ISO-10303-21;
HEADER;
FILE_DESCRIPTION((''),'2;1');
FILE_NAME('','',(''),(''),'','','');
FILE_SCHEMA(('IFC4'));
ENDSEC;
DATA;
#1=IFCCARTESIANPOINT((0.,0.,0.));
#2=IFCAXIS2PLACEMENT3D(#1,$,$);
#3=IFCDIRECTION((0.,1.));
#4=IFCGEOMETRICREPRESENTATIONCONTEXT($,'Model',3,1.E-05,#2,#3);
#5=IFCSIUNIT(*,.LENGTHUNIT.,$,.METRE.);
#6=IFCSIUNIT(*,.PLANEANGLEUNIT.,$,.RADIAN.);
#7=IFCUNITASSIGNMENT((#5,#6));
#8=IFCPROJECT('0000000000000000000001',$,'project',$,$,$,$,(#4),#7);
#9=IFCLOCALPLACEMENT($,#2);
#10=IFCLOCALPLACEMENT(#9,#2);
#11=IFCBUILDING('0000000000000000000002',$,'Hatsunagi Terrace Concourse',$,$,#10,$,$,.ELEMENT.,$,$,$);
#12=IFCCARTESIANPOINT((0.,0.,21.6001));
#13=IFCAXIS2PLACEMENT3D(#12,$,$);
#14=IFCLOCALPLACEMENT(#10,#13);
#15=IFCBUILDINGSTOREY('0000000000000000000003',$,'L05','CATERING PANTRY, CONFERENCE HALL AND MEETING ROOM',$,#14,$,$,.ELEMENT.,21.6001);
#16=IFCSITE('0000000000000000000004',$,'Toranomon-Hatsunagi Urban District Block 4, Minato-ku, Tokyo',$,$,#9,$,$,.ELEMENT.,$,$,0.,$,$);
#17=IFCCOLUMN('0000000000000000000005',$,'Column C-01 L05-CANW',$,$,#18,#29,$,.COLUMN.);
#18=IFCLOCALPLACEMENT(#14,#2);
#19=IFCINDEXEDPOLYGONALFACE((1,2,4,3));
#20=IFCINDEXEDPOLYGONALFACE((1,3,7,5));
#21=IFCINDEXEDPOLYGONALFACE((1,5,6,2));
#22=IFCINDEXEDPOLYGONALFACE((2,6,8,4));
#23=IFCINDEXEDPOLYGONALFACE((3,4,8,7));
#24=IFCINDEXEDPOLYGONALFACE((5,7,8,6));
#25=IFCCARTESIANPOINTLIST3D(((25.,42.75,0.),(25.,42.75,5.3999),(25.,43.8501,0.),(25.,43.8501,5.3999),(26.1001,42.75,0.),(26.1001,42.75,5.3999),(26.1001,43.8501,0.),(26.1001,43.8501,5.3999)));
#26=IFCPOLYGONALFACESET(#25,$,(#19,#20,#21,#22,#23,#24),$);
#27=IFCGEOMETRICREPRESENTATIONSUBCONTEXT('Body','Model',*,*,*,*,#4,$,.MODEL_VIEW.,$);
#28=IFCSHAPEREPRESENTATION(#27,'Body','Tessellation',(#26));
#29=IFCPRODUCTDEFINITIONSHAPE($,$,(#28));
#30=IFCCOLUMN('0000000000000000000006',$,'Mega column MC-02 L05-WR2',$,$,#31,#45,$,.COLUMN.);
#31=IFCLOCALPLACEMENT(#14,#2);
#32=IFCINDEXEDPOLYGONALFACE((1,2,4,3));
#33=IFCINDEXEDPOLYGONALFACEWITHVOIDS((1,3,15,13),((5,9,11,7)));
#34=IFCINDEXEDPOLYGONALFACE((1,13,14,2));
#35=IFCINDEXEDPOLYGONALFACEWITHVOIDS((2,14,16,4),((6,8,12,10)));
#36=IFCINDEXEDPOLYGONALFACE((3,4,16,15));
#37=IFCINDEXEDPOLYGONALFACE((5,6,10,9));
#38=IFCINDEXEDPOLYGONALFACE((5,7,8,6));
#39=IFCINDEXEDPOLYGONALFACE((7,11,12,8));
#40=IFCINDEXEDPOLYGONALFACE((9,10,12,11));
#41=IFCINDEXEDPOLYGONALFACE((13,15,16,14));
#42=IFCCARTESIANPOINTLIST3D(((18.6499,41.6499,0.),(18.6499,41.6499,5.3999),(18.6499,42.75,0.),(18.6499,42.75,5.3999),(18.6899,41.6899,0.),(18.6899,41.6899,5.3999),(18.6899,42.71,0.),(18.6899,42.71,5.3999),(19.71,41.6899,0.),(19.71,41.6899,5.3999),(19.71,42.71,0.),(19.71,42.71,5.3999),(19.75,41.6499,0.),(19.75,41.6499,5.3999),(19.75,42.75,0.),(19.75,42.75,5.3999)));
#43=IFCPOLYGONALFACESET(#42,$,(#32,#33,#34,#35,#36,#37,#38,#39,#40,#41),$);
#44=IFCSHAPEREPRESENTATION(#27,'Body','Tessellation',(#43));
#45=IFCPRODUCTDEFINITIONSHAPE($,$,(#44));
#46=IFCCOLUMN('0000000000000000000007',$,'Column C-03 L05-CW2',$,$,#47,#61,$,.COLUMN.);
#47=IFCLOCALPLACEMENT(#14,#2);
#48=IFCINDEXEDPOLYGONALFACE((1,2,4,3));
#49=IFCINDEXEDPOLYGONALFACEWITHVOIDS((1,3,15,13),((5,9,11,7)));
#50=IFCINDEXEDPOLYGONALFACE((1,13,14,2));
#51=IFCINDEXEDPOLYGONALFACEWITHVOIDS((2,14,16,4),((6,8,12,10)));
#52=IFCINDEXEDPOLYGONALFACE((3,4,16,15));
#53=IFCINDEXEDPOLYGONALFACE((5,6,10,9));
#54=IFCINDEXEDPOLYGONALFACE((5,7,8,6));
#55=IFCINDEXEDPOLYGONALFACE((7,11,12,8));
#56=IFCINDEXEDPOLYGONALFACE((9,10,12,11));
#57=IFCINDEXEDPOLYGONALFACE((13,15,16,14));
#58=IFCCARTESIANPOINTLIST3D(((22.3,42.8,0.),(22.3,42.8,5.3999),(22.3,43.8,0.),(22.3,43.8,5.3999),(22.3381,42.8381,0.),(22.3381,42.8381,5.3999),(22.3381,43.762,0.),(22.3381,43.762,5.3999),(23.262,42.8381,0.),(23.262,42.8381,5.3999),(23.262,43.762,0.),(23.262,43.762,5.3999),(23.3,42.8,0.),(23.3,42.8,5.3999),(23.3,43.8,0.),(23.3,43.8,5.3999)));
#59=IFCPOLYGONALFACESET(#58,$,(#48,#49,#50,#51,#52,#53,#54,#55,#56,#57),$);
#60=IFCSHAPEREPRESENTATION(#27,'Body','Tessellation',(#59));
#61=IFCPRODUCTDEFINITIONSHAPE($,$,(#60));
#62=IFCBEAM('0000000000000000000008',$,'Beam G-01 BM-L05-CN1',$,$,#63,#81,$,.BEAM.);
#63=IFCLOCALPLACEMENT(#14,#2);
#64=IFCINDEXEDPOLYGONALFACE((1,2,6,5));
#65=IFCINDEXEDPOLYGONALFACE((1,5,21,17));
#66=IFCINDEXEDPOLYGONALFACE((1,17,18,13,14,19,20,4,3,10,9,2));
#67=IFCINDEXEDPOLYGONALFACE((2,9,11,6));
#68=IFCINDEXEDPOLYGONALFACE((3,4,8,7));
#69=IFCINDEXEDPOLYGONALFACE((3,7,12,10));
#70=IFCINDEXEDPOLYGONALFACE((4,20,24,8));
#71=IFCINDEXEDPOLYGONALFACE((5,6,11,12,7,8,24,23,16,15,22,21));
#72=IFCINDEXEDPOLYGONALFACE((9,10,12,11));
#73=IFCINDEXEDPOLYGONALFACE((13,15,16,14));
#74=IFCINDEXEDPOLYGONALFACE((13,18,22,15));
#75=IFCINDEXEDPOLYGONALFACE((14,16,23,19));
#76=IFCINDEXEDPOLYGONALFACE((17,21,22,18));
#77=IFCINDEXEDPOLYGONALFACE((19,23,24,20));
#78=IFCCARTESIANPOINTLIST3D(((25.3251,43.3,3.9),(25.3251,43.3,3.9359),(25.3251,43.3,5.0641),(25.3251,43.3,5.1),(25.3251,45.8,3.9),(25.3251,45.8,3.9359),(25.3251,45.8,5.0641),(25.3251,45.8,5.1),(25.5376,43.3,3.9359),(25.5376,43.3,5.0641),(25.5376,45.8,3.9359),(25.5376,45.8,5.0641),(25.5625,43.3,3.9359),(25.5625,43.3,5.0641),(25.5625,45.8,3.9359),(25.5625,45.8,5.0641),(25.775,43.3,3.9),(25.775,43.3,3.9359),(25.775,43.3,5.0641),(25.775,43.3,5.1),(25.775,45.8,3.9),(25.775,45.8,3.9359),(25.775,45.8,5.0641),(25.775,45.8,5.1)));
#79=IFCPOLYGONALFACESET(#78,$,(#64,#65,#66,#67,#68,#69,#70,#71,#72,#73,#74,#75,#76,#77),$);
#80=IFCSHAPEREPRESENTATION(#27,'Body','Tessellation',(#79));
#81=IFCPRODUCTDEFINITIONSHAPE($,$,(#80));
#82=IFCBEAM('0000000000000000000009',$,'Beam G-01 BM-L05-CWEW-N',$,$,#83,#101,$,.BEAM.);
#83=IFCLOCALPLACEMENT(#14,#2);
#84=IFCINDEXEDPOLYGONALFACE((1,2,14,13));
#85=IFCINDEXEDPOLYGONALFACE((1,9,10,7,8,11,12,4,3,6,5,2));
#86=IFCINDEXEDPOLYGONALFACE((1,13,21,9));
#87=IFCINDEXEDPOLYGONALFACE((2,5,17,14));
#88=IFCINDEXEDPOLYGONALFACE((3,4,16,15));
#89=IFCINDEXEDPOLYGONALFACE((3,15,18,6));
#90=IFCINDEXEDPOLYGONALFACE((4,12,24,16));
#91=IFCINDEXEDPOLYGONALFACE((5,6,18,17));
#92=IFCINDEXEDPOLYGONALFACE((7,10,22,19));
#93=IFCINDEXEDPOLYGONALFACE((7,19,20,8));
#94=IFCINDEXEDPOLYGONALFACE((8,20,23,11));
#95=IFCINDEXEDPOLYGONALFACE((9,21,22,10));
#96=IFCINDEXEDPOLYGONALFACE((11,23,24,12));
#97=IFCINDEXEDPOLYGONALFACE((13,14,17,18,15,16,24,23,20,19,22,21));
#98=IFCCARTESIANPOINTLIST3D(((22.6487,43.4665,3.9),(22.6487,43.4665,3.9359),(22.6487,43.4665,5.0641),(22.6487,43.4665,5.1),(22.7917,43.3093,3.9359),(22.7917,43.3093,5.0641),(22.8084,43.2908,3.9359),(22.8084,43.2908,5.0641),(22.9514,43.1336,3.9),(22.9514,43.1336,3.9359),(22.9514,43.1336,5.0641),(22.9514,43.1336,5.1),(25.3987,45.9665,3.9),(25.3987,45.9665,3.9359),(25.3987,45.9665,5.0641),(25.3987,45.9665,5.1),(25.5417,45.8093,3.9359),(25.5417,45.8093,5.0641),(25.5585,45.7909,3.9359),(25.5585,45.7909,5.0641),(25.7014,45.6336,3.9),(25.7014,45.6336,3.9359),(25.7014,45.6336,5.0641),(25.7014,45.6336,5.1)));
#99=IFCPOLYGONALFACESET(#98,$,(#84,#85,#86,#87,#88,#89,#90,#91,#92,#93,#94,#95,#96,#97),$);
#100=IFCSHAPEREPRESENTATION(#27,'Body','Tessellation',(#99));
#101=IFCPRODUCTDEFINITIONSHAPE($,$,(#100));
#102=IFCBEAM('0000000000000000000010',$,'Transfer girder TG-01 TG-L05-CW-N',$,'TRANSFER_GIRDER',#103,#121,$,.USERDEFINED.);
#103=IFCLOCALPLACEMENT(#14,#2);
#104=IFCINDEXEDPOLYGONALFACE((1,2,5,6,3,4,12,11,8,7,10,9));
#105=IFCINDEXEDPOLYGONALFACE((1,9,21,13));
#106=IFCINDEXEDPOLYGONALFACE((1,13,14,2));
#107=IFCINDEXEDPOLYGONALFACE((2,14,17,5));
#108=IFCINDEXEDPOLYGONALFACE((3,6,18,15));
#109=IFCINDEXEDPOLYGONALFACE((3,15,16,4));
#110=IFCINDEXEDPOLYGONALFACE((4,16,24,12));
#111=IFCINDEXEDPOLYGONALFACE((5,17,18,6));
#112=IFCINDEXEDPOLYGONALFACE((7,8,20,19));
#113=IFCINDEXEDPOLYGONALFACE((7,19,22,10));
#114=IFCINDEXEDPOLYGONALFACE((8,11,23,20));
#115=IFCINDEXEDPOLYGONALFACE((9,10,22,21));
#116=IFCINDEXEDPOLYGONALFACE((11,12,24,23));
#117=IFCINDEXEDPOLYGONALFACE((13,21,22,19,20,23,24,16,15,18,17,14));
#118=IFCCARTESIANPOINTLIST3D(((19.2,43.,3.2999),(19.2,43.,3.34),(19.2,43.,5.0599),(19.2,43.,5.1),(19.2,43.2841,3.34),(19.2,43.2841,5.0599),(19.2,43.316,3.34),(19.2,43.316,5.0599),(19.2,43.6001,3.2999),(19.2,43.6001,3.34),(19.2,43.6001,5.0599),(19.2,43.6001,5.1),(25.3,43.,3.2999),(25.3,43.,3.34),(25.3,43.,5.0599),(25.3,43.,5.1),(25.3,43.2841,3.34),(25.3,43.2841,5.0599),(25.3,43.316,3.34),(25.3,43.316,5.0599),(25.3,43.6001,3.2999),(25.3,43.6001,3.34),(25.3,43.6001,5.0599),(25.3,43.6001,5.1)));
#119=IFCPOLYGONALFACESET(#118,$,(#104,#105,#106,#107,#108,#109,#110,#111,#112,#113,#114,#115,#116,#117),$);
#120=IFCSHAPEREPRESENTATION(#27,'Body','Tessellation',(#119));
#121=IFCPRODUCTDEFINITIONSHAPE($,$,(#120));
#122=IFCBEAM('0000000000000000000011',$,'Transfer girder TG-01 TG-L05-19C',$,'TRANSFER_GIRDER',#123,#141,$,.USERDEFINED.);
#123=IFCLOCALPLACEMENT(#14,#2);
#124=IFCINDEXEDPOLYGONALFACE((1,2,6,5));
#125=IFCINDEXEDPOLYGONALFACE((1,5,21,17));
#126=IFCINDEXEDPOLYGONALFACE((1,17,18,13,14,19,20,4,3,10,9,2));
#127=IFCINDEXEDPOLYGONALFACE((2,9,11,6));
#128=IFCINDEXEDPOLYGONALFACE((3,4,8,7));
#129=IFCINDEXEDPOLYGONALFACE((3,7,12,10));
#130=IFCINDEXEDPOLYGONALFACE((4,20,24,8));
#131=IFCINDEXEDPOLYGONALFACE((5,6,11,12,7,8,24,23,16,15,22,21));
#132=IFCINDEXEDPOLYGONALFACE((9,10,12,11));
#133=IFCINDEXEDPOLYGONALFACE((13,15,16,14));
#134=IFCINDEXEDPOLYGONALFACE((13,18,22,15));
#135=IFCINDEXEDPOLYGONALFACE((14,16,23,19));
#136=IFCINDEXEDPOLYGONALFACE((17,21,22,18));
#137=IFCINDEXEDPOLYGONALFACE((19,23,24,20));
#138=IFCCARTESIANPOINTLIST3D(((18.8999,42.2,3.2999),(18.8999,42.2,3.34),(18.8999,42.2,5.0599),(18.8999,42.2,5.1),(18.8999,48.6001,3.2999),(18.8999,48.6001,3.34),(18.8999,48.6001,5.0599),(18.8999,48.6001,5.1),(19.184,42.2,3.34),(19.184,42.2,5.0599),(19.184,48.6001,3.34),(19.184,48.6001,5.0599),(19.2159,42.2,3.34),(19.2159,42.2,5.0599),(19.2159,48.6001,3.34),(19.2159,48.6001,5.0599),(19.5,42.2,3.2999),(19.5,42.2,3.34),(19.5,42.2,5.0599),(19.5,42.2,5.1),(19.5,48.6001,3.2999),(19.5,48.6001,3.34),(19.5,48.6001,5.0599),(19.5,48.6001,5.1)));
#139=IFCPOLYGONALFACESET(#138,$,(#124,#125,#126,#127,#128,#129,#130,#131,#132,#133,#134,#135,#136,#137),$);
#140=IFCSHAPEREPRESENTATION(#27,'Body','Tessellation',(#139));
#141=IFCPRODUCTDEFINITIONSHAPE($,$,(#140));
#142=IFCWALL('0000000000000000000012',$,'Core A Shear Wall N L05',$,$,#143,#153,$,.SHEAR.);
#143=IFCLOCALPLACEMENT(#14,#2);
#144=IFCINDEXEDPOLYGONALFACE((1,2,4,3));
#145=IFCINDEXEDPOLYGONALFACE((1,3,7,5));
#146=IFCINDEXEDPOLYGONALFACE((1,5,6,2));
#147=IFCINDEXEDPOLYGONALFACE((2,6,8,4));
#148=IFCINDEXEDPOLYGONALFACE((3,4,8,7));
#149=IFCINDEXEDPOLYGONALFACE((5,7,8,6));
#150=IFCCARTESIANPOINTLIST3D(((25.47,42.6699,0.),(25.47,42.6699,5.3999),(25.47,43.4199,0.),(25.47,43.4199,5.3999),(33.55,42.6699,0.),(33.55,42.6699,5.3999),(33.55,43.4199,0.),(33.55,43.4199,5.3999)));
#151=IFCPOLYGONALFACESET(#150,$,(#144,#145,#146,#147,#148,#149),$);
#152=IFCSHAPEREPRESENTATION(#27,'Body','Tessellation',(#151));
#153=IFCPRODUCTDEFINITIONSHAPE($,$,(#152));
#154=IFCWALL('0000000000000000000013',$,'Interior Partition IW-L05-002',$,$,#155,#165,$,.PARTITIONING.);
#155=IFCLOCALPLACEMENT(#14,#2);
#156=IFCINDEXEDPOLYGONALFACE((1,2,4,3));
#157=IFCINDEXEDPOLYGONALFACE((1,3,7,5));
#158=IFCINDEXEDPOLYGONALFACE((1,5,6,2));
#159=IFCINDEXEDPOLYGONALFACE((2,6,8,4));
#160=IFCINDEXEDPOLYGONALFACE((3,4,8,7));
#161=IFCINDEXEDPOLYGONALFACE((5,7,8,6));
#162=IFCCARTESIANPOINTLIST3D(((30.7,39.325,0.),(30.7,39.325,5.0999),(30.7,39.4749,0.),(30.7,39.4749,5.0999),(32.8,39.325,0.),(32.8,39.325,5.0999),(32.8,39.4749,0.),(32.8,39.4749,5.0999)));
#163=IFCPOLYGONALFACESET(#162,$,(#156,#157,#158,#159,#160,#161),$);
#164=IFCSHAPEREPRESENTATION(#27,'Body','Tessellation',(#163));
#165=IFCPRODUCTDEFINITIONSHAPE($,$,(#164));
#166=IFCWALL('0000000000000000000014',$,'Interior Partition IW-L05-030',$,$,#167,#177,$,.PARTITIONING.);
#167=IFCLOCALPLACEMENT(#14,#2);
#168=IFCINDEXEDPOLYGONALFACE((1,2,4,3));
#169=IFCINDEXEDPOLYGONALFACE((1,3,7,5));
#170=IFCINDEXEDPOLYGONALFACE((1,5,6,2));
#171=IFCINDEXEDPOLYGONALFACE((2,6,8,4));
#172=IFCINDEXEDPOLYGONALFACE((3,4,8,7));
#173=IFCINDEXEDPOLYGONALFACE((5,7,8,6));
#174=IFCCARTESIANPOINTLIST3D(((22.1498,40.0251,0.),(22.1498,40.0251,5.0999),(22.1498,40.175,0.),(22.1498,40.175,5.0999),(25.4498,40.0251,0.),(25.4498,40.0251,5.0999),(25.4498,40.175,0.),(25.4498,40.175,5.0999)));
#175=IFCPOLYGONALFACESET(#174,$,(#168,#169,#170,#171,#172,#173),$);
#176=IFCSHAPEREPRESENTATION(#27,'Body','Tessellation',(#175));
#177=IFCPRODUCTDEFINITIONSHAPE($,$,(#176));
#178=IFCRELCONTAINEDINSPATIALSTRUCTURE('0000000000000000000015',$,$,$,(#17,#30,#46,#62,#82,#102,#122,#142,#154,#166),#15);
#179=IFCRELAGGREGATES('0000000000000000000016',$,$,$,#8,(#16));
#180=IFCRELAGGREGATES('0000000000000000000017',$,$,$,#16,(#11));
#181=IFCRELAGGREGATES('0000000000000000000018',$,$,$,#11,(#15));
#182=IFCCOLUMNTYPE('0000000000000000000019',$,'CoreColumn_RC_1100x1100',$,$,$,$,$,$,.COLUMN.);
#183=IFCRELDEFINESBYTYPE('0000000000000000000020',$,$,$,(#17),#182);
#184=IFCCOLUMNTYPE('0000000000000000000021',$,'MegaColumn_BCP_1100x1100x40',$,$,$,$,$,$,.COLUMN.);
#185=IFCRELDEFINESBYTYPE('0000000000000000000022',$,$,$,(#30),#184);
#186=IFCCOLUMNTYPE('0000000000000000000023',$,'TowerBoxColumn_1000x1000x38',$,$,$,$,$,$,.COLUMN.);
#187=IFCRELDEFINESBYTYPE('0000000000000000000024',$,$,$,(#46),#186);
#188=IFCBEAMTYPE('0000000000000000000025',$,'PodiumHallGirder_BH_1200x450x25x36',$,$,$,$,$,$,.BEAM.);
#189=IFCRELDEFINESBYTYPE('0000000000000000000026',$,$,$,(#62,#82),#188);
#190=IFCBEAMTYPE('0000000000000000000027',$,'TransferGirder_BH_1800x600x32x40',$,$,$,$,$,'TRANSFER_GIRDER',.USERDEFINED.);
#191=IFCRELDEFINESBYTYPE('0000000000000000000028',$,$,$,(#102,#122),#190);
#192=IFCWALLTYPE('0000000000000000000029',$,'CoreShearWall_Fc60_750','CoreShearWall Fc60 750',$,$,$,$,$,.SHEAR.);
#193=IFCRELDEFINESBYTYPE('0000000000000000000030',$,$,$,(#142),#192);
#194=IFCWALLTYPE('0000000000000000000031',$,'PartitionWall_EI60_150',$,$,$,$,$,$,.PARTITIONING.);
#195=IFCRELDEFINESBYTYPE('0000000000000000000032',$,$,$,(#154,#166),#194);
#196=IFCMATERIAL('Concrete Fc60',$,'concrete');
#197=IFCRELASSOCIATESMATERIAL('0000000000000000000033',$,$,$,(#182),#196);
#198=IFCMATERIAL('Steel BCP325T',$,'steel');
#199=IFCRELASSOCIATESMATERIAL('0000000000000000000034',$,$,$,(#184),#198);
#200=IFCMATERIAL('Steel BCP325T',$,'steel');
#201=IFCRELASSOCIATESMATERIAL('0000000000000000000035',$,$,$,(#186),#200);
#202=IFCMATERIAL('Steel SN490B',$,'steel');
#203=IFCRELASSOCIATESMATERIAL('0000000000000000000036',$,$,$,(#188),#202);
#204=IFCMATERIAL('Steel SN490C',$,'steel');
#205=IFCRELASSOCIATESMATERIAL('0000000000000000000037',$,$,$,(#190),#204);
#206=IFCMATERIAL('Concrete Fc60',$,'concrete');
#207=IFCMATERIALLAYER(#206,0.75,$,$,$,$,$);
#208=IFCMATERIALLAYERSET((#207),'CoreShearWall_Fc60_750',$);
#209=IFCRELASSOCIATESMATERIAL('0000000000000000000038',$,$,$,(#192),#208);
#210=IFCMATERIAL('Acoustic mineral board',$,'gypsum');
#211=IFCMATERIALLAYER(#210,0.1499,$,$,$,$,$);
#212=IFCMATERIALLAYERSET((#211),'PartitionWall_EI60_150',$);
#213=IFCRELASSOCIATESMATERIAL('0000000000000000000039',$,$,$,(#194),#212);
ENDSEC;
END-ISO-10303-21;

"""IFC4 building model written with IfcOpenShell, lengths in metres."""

from ifc_helpers import new_model, si_unit, direction, frame, frame_2d, origin, origin_2d, place, context, subcontext, project, spatial, rectangle, hollow_rectangle, i_section, extrude, material, layer, layer_set, material_profile, profile_set, type_object, element, save


model = new_model("IFC4")

# Units and contexts
model_context = context("Model", 3, precision=1e-05, world=origin(), true_north=direction((0.0, 1.0)))
body_context = subcontext(model_context, "Body", "Model", "MODEL_VIEW")
ifc_project = project(units=[si_unit("LENGTHUNIT", "METRE"), si_unit("PLANEANGLEUNIT", "RADIAN")], contexts=[model_context])

# Site, building, storey
site_placement = place(None, origin())
site = spatial("IfcSite", under=ifc_project, at=site_placement, Name="Toranomon-Hatsunagi Urban District Block 4, Minato-ku, Tokyo", CompositionType="ELEMENT", RefElevation=0.0)
building_placement = place(site_placement, origin())
building = spatial("IfcBuilding", under=site, at=building_placement, Name="Hatsunagi Terrace Concourse", CompositionType="ELEMENT")
storey_placement = place(building_placement, frame((0.0, 0.0, 21.6001)))
storey = spatial("IfcBuildingStorey", under=building, at=storey_placement, Name="L05", Description="CATERING PANTRY, CONFERENCE HALL AND MEETING ROOM", CompositionType="ELEMENT", Elevation=21.6001)

# Columns
ifc_material_1 = material(Name="Concrete Fc60", Category="concrete")
ifc_material_profile_1 = material_profile(ifc_material_1, rectangle(XDim=1.1001, YDim=1.1001, at=origin_2d()), Name="RC-1100x1100")
ifc_profile_set_1 = profile_set([ifc_material_profile_1], Name="Concrete Fc60")
column_type_1 = type_object("IfcColumnType", Name="CoreColumn_RC_1100x1100", PredefinedType="COLUMN", material=ifc_profile_set_1)
column_1_placement = place(storey_placement, frame((25.55, 43.3, 0.0), z_axis=(0.0, 0.0, 1.0), x_axis=(1.0, 0.0, 0.0)))
element("IfcColumn", 1, at=column_1_placement, inside=storey, type_object=column_type_1, Name="Column C-01 L05-CANW", PredefinedType="COLUMN", context=body_context, shape_type="SweptSolid", body=[
    extrude(rectangle(XDim=1.1001, YDim=1.1001, at=origin_2d()), origin(), (0.0, 0.0, 1.0), 5.3999),
])
ifc_material_2 = material(Name="Steel BCP325T", Category="steel")
ifc_material_profile_2 = material_profile(ifc_material_2, hollow_rectangle(XDim=1.1001, YDim=1.1001, WallThickness=0.04, at=origin_2d()), Name="BCP-1100x1100x40")
ifc_profile_set_2 = profile_set([ifc_material_profile_2], Name="Steel BCP325T")
column_type_2 = type_object("IfcColumnType", Name="MegaColumn_BCP_1100x1100x40", PredefinedType="COLUMN", material=ifc_profile_set_2)
column_2_placement = place(storey_placement, frame((19.2, 42.2, 0.0), z_axis=(0.0, 0.0, 1.0), x_axis=(1.0, 0.0, 0.0)))
element("IfcColumn", 2, at=column_2_placement, inside=storey, type_object=column_type_2, Name="Mega column MC-02 L05-WR2", PredefinedType="COLUMN", context=body_context, shape_type="SweptSolid", body=[
    extrude(hollow_rectangle(XDim=1.1001, YDim=1.1001, WallThickness=0.04, at=origin_2d()), origin(), (0.0, 0.0, 1.0), 5.3999),
])
ifc_material_3 = material(Name="Steel BCP325T", Category="steel")
ifc_material_profile_3 = material_profile(ifc_material_3, hollow_rectangle(XDim=1.0, YDim=1.0, WallThickness=0.0381, at=origin_2d()), Name="BCP-1000x1000x38")
ifc_profile_set_3 = profile_set([ifc_material_profile_3], Name="Steel BCP325T")
column_type_3 = type_object("IfcColumnType", Name="TowerBoxColumn_1000x1000x38", PredefinedType="COLUMN", material=ifc_profile_set_3)
column_3_placement = place(storey_placement, frame((22.8, 43.3, 0.0), z_axis=(0.0, 0.0, 1.0), x_axis=(1.0, 0.0, 0.0)))
element("IfcColumn", 3, at=column_3_placement, inside=storey, type_object=column_type_3, Name="Column C-03 L05-CW2", PredefinedType="COLUMN", context=body_context, shape_type="SweptSolid", body=[
    extrude(hollow_rectangle(XDim=1.0, YDim=1.0, WallThickness=0.0381, at=origin_2d()), origin(), (0.0, 0.0, 1.0), 5.3999),
])

# Beams
ifc_material_4 = material(Name="Steel SN490B", Category="steel")
ifc_material_profile_4 = material_profile(ifc_material_4, i_section(OverallWidth=0.45, OverallDepth=1.2, WebThickness=0.0249, FlangeThickness=0.0359, at=origin_2d()), Name="BH-1200x450x25x36")
ifc_profile_set_4 = profile_set([ifc_material_profile_4], Name="Steel SN490B")
beam_type_1 = type_object("IfcBeamType", Name="PodiumHallGirder_BH_1200x450x25x36", PredefinedType="BEAM", material=ifc_profile_set_4)
beam_1_placement = place(storey_placement, frame((25.55, 43.3, 4.5), z_axis=(0.0, 1.0, 0.0), x_axis=(-1.0, 0.0, 0.0)))
element("IfcBeam", 4, at=beam_1_placement, inside=storey, type_object=beam_type_1, Name="Beam G-01 BM-L05-CN1", PredefinedType="BEAM", context=body_context, shape_type="SweptSolid", body=[
    extrude(i_section(OverallWidth=0.45, OverallDepth=1.2, WebThickness=0.0249, FlangeThickness=0.0359, at=origin_2d()), origin(), (0.0, 0.0, 1.0), 2.5),
])
beam_2_placement = place(storey_placement, frame((22.8, 43.3, 4.5), z_axis=(0.73994, 0.672673, 0.0), x_axis=(-0.672673, 0.73994, 0.0)))
element("IfcBeam", 5, at=beam_2_placement, inside=storey, type_object=beam_type_1, Name="Beam G-01 BM-L05-CWEW-N", PredefinedType="BEAM", context=body_context, shape_type="SweptSolid", body=[
    extrude(i_section(OverallWidth=0.45, OverallDepth=1.2, WebThickness=0.0249, FlangeThickness=0.0359, at=origin_2d()), origin(), (0.0, 0.0, 1.0), 3.7166),
])
ifc_material_5 = material(Name="Steel SN490C", Category="steel")
ifc_material_profile_5 = material_profile(ifc_material_5, i_section(OverallWidth=0.6001, OverallDepth=1.8, WebThickness=0.032, FlangeThickness=0.04, at=origin_2d()), Name="BH-1800x600x32x40")
ifc_profile_set_5 = profile_set([ifc_material_profile_5], Name="Steel SN490C")
beam_type_2 = type_object("IfcBeamType", Name="TransferGirder_BH_1800x600x32x40", ElementType="TRANSFER_GIRDER", PredefinedType="USERDEFINED", material=ifc_profile_set_5)
beam_3_placement = place(storey_placement, frame((19.2, 43.3, 4.2), z_axis=(1.0, 0.0, 0.0), x_axis=(0.0, 1.0, 0.0)))
element("IfcBeam", 6, at=beam_3_placement, inside=storey, type_object=beam_type_2, Name="Transfer girder TG-01 TG-L05-CW-N", ObjectType="TRANSFER_GIRDER", PredefinedType="USERDEFINED", context=body_context, shape_type="SweptSolid", body=[
    extrude(i_section(OverallWidth=0.6001, OverallDepth=1.8, WebThickness=0.032, FlangeThickness=0.04, at=origin_2d()), origin(), (0.0, 0.0, 1.0), 6.1001),
])
beam_4_placement = place(storey_placement, frame((19.2, 42.2, 4.2), z_axis=(0.0, 1.0, 0.0), x_axis=(-1.0, 0.0, 0.0)))
element("IfcBeam", 7, at=beam_4_placement, inside=storey, type_object=beam_type_2, Name="Transfer girder TG-01 TG-L05-19C", ObjectType="TRANSFER_GIRDER", PredefinedType="USERDEFINED", context=body_context, shape_type="SweptSolid", body=[
    extrude(i_section(OverallWidth=0.6001, OverallDepth=1.8, WebThickness=0.032, FlangeThickness=0.04, at=origin_2d()), origin(), (0.0, 0.0, 1.0), 6.4001),
])

# Walls
ifc_material_6 = material(Name="Concrete Fc60", Category="concrete")
ifc_layer_1 = layer(ifc_material_6, 0.75)
ifc_layer_set_1 = layer_set([ifc_layer_1], Name="CoreShearWall_Fc60_750")
wall_type_1 = type_object("IfcWallType", Name="CoreShearWall_Fc60_750", Description="CoreShearWall Fc60 750", PredefinedType="SHEAR", material=ifc_layer_set_1)
wall_1_placement = place(storey_placement, frame((25.47, 43.0449, 0.0), z_axis=(0.0, 0.0, 1.0), x_axis=(1.0, 0.0, 0.0)))
element("IfcWall", 8, at=wall_1_placement, inside=storey, type_object=wall_type_1, Name="Core A Shear Wall N L05", PredefinedType="SHEAR", context=body_context, shape_type="SweptSolid", body=[
    extrude(rectangle(XDim=8.0801, YDim=0.75, at=frame_2d((4.04, 0.0))), origin(), (0.0, 0.0, 1.0), 5.3999),
])
ifc_material_7 = material(Name="Acoustic mineral board", Category="gypsum")
ifc_layer_2 = layer(ifc_material_7, 0.1499)
ifc_layer_set_2 = layer_set([ifc_layer_2], Name="PartitionWall_EI60_150")
wall_type_2 = type_object("IfcWallType", Name="PartitionWall_EI60_150", PredefinedType="PARTITIONING", material=ifc_layer_set_2)
wall_2_placement = place(storey_placement, frame((30.7, 39.3999, 0.0), z_axis=(0.0, 0.0, 1.0), x_axis=(1.0, 0.0, 0.0)))
element("IfcWall", 9, at=wall_2_placement, inside=storey, type_object=wall_type_2, Name="Interior Partition IW-L05-002", PredefinedType="PARTITIONING", context=body_context, shape_type="SweptSolid", body=[
    extrude(rectangle(XDim=2.1001, YDim=0.1499, at=frame_2d((1.05, 0.0))), origin(), (0.0, 0.0, 1.0), 5.0999),
])
for number, where, z_axis, x_axis, name in (
    (10, (22.1499, 40.1001, 0.0), (0.0, 0.0, 1.0), (1.0, 0.0, 0.0), "Interior Partition IW-L05-030"),
):
    element("IfcWall", number, at=place(storey_placement, frame(where, z_axis=z_axis, x_axis=x_axis)), inside=storey, type_object=wall_type_2, Name=name, PredefinedType="PARTITIONING", context=body_context, shape_type="SweptSolid", body=[
        extrude(rectangle(XDim=3.3, YDim=0.1499, at=frame_2d((1.6499, 0.0))), origin(), (0.0, 0.0, 1.0), 5.0999),
    ])

save(model, "model.ifc")
